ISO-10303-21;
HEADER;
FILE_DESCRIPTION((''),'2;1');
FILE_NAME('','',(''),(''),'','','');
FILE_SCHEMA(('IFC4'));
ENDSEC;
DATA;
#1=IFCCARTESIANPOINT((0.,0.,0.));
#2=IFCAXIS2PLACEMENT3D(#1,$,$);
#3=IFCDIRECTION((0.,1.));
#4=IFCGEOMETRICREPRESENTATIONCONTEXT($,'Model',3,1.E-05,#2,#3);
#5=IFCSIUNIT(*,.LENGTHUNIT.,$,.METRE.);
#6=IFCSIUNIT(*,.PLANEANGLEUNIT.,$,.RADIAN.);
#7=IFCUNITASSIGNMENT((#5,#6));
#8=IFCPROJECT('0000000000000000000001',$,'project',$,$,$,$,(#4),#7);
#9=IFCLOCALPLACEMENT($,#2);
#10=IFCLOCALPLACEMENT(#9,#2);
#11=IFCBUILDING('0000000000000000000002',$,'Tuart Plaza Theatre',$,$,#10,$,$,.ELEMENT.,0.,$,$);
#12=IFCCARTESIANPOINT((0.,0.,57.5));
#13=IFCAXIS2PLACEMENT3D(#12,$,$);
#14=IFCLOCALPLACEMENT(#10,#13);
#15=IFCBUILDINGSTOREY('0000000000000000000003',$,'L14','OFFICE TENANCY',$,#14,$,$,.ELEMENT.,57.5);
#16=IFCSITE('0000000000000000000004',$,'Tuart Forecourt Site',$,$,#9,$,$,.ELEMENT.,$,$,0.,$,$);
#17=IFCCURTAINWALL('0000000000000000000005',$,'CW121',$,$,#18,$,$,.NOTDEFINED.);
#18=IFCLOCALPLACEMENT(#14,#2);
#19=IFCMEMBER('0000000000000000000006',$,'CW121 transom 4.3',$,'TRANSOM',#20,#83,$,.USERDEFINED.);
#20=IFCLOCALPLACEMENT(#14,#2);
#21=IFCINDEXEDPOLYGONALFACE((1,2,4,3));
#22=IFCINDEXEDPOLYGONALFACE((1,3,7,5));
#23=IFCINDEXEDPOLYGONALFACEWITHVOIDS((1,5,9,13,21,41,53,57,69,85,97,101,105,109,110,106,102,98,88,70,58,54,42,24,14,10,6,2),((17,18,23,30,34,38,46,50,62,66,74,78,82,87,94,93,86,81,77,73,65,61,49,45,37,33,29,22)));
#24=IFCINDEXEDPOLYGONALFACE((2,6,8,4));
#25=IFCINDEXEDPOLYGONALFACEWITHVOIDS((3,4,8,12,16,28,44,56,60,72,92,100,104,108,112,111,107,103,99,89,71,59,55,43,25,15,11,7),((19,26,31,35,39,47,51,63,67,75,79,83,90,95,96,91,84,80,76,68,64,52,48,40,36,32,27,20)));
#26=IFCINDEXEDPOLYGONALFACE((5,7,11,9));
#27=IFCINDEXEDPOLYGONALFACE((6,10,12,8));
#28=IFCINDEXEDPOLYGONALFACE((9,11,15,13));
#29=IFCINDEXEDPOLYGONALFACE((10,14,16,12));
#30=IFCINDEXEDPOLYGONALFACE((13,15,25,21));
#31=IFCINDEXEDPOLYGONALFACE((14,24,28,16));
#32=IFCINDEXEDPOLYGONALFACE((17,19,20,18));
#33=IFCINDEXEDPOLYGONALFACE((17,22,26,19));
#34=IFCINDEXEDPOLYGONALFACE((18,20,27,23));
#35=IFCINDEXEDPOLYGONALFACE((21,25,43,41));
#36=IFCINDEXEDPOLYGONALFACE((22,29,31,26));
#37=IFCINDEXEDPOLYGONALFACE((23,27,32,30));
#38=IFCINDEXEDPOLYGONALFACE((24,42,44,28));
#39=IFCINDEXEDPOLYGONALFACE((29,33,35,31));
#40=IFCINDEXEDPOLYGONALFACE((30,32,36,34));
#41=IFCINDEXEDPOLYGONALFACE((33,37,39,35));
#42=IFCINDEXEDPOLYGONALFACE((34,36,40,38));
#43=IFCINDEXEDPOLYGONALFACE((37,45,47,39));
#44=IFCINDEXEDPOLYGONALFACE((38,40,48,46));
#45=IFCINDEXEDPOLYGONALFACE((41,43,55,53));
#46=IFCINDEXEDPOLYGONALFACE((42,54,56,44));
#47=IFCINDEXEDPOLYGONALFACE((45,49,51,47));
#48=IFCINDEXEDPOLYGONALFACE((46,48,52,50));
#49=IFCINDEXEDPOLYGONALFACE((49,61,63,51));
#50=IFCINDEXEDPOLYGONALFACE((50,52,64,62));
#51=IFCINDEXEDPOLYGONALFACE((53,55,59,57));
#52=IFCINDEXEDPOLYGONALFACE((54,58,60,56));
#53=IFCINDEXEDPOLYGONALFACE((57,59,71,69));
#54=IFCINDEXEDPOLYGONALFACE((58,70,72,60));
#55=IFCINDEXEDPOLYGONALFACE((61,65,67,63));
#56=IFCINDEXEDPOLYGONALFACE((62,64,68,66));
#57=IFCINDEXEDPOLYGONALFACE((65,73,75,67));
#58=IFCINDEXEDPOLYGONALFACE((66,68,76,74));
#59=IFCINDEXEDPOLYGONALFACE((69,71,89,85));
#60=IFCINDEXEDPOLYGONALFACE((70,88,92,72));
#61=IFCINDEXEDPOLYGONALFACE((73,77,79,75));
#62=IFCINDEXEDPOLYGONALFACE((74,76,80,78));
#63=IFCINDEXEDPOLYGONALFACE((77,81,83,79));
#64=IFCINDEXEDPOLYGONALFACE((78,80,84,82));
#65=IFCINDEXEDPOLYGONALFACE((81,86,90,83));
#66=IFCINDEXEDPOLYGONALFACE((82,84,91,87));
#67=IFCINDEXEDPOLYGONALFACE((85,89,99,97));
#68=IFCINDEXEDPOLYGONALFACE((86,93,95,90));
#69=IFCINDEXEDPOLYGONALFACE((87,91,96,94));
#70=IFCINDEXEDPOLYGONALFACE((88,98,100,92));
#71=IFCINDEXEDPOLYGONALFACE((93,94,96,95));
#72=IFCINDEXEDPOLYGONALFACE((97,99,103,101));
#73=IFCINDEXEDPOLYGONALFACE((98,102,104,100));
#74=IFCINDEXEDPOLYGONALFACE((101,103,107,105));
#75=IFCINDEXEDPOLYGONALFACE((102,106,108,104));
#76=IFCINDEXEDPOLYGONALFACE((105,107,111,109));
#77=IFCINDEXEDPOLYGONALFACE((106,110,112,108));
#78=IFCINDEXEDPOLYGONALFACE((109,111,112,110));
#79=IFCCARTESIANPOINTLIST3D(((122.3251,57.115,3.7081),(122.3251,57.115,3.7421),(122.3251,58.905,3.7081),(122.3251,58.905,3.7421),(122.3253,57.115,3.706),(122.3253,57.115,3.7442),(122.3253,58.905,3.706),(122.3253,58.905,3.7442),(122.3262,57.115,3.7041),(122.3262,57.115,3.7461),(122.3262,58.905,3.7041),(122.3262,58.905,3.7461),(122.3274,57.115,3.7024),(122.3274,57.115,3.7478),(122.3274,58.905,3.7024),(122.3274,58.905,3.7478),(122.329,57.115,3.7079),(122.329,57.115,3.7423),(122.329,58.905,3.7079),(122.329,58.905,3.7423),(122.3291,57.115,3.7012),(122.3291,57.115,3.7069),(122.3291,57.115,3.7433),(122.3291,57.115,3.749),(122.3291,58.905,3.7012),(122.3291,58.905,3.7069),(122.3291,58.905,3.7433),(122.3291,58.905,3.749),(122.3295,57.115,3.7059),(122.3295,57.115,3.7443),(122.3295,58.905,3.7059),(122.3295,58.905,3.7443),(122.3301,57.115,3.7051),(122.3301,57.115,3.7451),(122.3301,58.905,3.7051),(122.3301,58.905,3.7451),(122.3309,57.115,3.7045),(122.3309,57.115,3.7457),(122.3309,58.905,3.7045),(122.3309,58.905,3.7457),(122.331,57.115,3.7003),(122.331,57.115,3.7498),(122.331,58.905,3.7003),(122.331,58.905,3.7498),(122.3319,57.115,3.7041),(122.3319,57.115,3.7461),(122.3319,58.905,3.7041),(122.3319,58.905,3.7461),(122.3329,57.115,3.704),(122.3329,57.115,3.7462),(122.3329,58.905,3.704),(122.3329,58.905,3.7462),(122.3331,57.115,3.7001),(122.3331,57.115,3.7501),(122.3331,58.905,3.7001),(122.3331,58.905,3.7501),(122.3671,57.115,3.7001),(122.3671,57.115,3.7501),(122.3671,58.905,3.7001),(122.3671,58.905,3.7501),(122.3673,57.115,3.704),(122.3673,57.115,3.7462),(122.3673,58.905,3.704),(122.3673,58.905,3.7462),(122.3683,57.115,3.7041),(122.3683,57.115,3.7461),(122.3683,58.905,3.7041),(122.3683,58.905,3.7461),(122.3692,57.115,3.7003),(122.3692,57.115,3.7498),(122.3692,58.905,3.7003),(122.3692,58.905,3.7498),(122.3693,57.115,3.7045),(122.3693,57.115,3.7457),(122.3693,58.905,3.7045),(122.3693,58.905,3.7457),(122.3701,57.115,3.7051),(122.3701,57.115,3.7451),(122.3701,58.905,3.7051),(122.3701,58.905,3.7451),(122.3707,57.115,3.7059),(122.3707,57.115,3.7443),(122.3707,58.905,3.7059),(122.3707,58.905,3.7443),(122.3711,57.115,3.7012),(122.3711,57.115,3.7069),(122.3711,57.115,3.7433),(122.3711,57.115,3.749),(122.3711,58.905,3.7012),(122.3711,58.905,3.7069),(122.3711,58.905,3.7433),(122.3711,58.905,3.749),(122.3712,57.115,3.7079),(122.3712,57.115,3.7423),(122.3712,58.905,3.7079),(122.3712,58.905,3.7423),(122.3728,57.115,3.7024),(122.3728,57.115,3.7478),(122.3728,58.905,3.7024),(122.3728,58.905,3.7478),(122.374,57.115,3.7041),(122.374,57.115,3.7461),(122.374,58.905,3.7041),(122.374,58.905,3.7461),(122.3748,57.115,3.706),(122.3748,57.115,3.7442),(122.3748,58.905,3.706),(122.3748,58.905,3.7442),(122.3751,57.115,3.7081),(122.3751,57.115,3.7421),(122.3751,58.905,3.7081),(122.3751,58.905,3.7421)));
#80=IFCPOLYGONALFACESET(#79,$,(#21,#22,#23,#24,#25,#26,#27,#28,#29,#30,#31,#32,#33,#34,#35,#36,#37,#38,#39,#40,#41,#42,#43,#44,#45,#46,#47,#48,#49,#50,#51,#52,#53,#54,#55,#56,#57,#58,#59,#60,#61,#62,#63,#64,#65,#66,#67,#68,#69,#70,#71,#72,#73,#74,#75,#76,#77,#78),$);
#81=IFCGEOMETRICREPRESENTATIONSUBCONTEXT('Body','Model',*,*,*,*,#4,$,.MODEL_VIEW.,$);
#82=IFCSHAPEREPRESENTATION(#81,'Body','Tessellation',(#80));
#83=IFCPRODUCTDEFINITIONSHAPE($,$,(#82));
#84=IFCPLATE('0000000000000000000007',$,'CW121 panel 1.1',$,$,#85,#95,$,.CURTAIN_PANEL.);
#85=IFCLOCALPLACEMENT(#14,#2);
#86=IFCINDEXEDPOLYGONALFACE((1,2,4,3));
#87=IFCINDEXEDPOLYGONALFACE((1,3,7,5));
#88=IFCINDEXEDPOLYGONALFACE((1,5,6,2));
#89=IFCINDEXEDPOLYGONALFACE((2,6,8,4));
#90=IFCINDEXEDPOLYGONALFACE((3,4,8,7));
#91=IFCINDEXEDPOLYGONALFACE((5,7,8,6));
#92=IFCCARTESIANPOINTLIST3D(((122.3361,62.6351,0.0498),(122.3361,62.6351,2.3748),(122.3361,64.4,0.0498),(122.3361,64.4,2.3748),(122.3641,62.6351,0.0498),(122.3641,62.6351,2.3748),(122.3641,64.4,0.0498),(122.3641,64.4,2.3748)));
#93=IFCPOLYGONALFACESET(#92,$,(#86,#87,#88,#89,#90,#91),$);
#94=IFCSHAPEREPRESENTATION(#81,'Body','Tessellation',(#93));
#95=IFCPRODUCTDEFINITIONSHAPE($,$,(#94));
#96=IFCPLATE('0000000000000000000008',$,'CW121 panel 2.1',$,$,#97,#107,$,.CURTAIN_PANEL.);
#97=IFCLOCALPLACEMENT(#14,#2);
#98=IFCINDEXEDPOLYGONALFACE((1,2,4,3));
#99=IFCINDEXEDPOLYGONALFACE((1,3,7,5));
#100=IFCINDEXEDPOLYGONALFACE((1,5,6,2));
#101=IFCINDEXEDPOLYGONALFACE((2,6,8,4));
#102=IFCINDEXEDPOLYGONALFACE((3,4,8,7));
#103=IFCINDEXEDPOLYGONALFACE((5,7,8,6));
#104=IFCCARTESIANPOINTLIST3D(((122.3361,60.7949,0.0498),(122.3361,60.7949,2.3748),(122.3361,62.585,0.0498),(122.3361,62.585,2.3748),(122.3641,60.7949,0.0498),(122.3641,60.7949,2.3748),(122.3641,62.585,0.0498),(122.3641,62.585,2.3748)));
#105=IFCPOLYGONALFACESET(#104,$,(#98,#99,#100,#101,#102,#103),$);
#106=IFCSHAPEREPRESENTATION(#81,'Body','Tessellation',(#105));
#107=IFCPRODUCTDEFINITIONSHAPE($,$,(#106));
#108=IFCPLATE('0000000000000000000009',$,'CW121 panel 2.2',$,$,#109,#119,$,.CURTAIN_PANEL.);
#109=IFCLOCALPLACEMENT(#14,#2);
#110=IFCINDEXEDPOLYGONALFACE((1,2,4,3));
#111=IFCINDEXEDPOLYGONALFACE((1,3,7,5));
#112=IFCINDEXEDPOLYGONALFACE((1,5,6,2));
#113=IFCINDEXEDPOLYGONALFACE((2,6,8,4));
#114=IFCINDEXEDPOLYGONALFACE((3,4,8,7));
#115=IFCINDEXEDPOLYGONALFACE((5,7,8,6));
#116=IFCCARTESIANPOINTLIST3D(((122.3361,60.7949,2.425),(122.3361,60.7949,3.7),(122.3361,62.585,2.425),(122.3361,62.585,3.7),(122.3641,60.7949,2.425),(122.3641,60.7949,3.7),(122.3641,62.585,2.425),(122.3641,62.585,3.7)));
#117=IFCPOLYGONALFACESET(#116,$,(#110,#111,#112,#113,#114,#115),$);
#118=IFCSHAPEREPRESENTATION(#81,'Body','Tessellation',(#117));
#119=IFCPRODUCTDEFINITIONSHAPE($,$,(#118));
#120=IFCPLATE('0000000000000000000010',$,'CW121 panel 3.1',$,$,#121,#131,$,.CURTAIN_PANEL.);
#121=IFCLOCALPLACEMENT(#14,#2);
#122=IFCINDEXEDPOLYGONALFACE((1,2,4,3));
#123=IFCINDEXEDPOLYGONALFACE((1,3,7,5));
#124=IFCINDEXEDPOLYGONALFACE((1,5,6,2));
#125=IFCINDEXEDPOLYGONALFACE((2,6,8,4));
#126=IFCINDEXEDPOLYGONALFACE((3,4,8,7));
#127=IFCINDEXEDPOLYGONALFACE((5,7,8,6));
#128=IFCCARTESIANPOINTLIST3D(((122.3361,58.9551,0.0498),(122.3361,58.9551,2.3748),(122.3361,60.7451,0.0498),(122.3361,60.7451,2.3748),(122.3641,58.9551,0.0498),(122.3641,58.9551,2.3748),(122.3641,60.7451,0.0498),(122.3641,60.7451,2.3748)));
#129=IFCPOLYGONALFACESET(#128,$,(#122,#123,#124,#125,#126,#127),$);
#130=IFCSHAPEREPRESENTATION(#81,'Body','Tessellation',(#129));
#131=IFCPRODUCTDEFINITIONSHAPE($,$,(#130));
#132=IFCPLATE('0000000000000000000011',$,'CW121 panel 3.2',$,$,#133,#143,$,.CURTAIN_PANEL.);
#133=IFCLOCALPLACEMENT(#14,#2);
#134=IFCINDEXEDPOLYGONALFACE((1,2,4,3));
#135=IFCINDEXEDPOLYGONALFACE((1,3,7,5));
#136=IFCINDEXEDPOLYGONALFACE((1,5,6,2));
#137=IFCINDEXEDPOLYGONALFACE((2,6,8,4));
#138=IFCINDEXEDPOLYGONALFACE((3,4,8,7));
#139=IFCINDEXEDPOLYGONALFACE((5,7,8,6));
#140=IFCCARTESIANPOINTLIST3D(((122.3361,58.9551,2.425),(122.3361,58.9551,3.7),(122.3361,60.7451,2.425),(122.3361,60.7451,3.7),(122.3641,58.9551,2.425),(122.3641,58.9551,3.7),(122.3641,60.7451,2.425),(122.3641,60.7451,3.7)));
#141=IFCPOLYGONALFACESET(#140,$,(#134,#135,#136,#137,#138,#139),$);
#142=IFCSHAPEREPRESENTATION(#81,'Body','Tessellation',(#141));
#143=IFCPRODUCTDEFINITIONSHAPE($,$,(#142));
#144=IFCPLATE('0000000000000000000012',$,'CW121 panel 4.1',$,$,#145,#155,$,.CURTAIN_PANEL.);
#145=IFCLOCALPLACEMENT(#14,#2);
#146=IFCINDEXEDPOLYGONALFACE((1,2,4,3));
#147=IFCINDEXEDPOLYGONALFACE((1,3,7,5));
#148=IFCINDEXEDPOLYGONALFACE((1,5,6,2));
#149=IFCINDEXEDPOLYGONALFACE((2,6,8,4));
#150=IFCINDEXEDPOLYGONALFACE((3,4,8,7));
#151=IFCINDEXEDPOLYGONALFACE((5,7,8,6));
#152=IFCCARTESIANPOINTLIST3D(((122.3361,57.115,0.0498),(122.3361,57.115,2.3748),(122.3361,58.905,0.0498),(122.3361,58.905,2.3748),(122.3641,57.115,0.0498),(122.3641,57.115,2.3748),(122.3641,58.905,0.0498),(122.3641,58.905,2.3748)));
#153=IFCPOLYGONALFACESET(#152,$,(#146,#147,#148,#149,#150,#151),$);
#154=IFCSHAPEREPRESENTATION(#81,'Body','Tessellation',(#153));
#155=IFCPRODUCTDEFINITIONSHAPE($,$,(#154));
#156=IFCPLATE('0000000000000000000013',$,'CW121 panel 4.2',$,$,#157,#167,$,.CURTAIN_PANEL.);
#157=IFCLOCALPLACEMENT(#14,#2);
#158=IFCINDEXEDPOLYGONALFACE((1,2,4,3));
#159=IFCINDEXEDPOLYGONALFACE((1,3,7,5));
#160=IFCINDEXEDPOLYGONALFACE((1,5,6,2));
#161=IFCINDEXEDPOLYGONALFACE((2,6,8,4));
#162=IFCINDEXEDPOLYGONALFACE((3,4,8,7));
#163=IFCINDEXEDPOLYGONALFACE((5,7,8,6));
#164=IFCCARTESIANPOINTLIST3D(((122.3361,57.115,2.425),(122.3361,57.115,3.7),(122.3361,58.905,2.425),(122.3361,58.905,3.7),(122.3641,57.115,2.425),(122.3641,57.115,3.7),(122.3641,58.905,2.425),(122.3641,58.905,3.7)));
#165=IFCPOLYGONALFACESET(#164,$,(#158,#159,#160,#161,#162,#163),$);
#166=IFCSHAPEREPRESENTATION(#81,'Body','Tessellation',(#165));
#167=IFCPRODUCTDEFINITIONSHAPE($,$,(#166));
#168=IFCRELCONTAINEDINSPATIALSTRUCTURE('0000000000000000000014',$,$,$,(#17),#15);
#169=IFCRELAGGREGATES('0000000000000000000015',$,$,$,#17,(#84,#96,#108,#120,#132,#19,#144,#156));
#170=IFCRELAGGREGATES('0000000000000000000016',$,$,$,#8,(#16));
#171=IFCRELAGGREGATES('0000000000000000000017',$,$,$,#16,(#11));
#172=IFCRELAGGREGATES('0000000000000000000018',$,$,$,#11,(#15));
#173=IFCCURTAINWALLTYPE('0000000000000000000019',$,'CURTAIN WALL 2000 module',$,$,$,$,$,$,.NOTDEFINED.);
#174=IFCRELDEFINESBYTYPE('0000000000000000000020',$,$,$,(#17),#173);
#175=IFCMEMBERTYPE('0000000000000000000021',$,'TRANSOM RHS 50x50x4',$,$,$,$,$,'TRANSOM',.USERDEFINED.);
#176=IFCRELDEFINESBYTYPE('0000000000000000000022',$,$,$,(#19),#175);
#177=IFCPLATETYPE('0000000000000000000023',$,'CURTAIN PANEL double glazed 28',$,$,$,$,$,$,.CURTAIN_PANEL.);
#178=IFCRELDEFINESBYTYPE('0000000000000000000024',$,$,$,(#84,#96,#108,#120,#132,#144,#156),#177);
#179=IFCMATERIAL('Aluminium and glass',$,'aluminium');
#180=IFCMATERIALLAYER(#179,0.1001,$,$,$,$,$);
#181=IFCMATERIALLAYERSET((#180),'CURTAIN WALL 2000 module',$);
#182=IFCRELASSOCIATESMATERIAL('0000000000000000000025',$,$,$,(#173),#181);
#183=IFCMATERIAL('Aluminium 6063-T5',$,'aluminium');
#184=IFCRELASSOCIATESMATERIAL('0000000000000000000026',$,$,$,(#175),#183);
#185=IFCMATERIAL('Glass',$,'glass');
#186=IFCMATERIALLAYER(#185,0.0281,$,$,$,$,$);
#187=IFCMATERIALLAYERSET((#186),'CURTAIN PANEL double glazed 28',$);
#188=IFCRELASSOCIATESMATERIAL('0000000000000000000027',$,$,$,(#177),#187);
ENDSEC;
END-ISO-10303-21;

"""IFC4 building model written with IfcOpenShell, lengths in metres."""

from ifc_helpers import new_model, si_unit, direction, frame, origin, origin_2d, place, context, subcontext, project, spatial, rectangle, hollow_rectangle, extrude, material, layer, layer_set, material_profile, profile_set, type_object, element, aggregate, save


model = new_model("IFC4")

# Units and contexts
model_context = context("Model", 3, precision=1e-05, world=origin(), true_north=direction((0.0, 1.0)))
body_context = subcontext(model_context, "Body", "Model", "MODEL_VIEW")
ifc_project = project(units=[si_unit("LENGTHUNIT", "METRE"), si_unit("PLANEANGLEUNIT", "RADIAN")], contexts=[model_context])

# Site, building, storey
site_placement = place(None, origin())
site = spatial("IfcSite", under=ifc_project, at=site_placement, Name="Tuart Forecourt Site", CompositionType="ELEMENT", RefElevation=0.0)
building_placement = place(site_placement, origin())
building = spatial("IfcBuilding", under=site, at=building_placement, Name="Tuart Plaza Theatre", CompositionType="ELEMENT", ElevationOfRefHeight=0.0)
storey_placement = place(building_placement, frame((0.0, 0.0, 57.5)))
storey = spatial("IfcBuildingStorey", under=building, at=storey_placement, Name="L14", Description="OFFICE TENANCY", CompositionType="ELEMENT", Elevation=57.5)

# Curtain wall, member, plates
ifc_material_1 = material(Name="Aluminium and glass", Category="aluminium")
ifc_layer_1 = layer(ifc_material_1, 0.1001)
ifc_layer_set_1 = layer_set([ifc_layer_1], Name="CURTAIN WALL 2000 module")
curtain_wall_type = type_object("IfcCurtainWallType", Name="CURTAIN WALL 2000 module", PredefinedType="NOTDEFINED", material=ifc_layer_set_1)
curtain_wall_placement = place(storey_placement, origin())
curtain_wall = element("IfcCurtainWall", 1, at=curtain_wall_placement, inside=storey, type_object=curtain_wall_type, Name="CW121", PredefinedType="NOTDEFINED")
ifc_material_2 = material(Name="Aluminium 6063-T5", Category="aluminium")
ifc_material_profile_1 = material_profile(ifc_material_2, hollow_rectangle(XDim=0.05, YDim=0.05, WallThickness=0.0039, InnerFilletRadius=0.0039, OuterFilletRadius=0.0081, at=origin_2d()), Name="RHS 50x50x4")
ifc_profile_set_1 = profile_set([ifc_material_profile_1], Name="Aluminium 6063-T5")
member_type_1 = type_object("IfcMemberType", Name="TRANSOM RHS 50x50x4", ElementType="TRANSOM", PredefinedType="USERDEFINED", material=ifc_profile_set_1)
member_1_placement = place(storey_placement, frame((122.3501, 58.905, 3.7251), z_axis=(0.0, -1.0, 0.0), x_axis=(1.0, 0.0, 0.0)))
member_1 = element("IfcMember", 2, at=member_1_placement, type_object=member_type_1, Name="CW121 transom 4.3", ObjectType="TRANSOM", PredefinedType="USERDEFINED", context=body_context, shape_type="SweptSolid", body=[
    extrude(hollow_rectangle(XDim=0.05, YDim=0.05, WallThickness=0.0039, InnerFilletRadius=0.0039, OuterFilletRadius=0.0081, at=origin_2d()), origin(), (0.0, 0.0, 1.0), 1.79),
])
ifc_material_3 = material(Name="Glass", Category="glass")
ifc_layer_2 = layer(ifc_material_3, 0.0281)
ifc_layer_set_2 = layer_set([ifc_layer_2], Name="CURTAIN PANEL double glazed 28")
plate_type = type_object("IfcPlateType", Name="CURTAIN PANEL double glazed 28", PredefinedType="CURTAIN_PANEL", material=ifc_layer_set_2)
plate_1_placement = place(storey_placement, frame((122.3501, 63.5176, 0.0498), z_axis=(0.0, 0.0, 1.0), x_axis=(0.0, -1.0, 0.0)))
plate_1 = element("IfcPlate", 3, at=plate_1_placement, type_object=plate_type, Name="CW121 panel 1.1", PredefinedType="CURTAIN_PANEL", context=body_context, shape_type="SweptSolid", body=[
    extrude(rectangle(XDim=1.7649, YDim=0.0281, at=origin_2d()), origin(), (0.0, 0.0, 1.0), 2.325),
])
plate_2_placement = place(storey_placement, frame((122.3501, 61.6899, 0.0498), z_axis=(0.0, 0.0, 1.0), x_axis=(0.0, -1.0, 0.0)))
plate_2 = element("IfcPlate", 4, at=plate_2_placement, type_object=plate_type, Name="CW121 panel 2.1", PredefinedType="CURTAIN_PANEL", context=body_context, shape_type="SweptSolid", body=[
    extrude(rectangle(XDim=1.79, YDim=0.0281, at=origin_2d()), origin(), (0.0, 0.0, 1.0), 2.325),
])
plate_3_placement = place(storey_placement, frame((122.3501, 61.6899, 2.425), z_axis=(0.0, 0.0, 1.0), x_axis=(0.0, -1.0, 0.0)))
plate_3 = element("IfcPlate", 5, at=plate_3_placement, type_object=plate_type, Name="CW121 panel 2.2", PredefinedType="CURTAIN_PANEL", context=body_context, shape_type="SweptSolid", body=[
    extrude(rectangle(XDim=1.79, YDim=0.0281, at=origin_2d()), origin(), (0.0, 0.0, 1.0), 1.2749),
])
plate_4_placement = place(storey_placement, frame((122.3501, 59.8501, 0.0498), z_axis=(0.0, 0.0, 1.0), x_axis=(0.0, -1.0, 0.0)))
plate_4 = element("IfcPlate", 6, at=plate_4_placement, type_object=plate_type, Name="CW121 panel 3.1", PredefinedType="CURTAIN_PANEL", context=body_context, shape_type="SweptSolid", body=[
    extrude(rectangle(XDim=1.79, YDim=0.0281, at=origin_2d()), origin(), (0.0, 0.0, 1.0), 2.325),
])
plate_5_placement = place(storey_placement, frame((122.3501, 59.8501, 2.425), z_axis=(0.0, 0.0, 1.0), x_axis=(0.0, -1.0, 0.0)))
plate_5 = element("IfcPlate", 7, at=plate_5_placement, type_object=plate_type, Name="CW121 panel 3.2", PredefinedType="CURTAIN_PANEL", context=body_context, shape_type="SweptSolid", body=[
    extrude(rectangle(XDim=1.79, YDim=0.0281, at=origin_2d()), origin(), (0.0, 0.0, 1.0), 1.2749),
])
plate_6_placement = place(storey_placement, frame((122.3501, 58.01, 0.0498), z_axis=(0.0, 0.0, 1.0), x_axis=(0.0, -1.0, 0.0)))
plate_6 = element("IfcPlate", 8, at=plate_6_placement, type_object=plate_type, Name="CW121 panel 4.1", PredefinedType="CURTAIN_PANEL", context=body_context, shape_type="SweptSolid", body=[
    extrude(rectangle(XDim=1.79, YDim=0.0281, at=origin_2d()), origin(), (0.0, 0.0, 1.0), 2.325),
])
plate_7_placement = place(storey_placement, frame((122.3501, 58.01, 2.425), z_axis=(0.0, 0.0, 1.0), x_axis=(0.0, -1.0, 0.0)))
plate_7 = element("IfcPlate", 9, at=plate_7_placement, type_object=plate_type, Name="CW121 panel 4.2", PredefinedType="CURTAIN_PANEL", context=body_context, shape_type="SweptSolid", body=[
    extrude(rectangle(XDim=1.79, YDim=0.0281, at=origin_2d()), origin(), (0.0, 0.0, 1.0), 1.2749),
])
aggregate(curtain_wall, [plate_1, plate_2, plate_3, plate_4, plate_5, member_1, plate_6, plate_7])

save(model, "model.ifc")
